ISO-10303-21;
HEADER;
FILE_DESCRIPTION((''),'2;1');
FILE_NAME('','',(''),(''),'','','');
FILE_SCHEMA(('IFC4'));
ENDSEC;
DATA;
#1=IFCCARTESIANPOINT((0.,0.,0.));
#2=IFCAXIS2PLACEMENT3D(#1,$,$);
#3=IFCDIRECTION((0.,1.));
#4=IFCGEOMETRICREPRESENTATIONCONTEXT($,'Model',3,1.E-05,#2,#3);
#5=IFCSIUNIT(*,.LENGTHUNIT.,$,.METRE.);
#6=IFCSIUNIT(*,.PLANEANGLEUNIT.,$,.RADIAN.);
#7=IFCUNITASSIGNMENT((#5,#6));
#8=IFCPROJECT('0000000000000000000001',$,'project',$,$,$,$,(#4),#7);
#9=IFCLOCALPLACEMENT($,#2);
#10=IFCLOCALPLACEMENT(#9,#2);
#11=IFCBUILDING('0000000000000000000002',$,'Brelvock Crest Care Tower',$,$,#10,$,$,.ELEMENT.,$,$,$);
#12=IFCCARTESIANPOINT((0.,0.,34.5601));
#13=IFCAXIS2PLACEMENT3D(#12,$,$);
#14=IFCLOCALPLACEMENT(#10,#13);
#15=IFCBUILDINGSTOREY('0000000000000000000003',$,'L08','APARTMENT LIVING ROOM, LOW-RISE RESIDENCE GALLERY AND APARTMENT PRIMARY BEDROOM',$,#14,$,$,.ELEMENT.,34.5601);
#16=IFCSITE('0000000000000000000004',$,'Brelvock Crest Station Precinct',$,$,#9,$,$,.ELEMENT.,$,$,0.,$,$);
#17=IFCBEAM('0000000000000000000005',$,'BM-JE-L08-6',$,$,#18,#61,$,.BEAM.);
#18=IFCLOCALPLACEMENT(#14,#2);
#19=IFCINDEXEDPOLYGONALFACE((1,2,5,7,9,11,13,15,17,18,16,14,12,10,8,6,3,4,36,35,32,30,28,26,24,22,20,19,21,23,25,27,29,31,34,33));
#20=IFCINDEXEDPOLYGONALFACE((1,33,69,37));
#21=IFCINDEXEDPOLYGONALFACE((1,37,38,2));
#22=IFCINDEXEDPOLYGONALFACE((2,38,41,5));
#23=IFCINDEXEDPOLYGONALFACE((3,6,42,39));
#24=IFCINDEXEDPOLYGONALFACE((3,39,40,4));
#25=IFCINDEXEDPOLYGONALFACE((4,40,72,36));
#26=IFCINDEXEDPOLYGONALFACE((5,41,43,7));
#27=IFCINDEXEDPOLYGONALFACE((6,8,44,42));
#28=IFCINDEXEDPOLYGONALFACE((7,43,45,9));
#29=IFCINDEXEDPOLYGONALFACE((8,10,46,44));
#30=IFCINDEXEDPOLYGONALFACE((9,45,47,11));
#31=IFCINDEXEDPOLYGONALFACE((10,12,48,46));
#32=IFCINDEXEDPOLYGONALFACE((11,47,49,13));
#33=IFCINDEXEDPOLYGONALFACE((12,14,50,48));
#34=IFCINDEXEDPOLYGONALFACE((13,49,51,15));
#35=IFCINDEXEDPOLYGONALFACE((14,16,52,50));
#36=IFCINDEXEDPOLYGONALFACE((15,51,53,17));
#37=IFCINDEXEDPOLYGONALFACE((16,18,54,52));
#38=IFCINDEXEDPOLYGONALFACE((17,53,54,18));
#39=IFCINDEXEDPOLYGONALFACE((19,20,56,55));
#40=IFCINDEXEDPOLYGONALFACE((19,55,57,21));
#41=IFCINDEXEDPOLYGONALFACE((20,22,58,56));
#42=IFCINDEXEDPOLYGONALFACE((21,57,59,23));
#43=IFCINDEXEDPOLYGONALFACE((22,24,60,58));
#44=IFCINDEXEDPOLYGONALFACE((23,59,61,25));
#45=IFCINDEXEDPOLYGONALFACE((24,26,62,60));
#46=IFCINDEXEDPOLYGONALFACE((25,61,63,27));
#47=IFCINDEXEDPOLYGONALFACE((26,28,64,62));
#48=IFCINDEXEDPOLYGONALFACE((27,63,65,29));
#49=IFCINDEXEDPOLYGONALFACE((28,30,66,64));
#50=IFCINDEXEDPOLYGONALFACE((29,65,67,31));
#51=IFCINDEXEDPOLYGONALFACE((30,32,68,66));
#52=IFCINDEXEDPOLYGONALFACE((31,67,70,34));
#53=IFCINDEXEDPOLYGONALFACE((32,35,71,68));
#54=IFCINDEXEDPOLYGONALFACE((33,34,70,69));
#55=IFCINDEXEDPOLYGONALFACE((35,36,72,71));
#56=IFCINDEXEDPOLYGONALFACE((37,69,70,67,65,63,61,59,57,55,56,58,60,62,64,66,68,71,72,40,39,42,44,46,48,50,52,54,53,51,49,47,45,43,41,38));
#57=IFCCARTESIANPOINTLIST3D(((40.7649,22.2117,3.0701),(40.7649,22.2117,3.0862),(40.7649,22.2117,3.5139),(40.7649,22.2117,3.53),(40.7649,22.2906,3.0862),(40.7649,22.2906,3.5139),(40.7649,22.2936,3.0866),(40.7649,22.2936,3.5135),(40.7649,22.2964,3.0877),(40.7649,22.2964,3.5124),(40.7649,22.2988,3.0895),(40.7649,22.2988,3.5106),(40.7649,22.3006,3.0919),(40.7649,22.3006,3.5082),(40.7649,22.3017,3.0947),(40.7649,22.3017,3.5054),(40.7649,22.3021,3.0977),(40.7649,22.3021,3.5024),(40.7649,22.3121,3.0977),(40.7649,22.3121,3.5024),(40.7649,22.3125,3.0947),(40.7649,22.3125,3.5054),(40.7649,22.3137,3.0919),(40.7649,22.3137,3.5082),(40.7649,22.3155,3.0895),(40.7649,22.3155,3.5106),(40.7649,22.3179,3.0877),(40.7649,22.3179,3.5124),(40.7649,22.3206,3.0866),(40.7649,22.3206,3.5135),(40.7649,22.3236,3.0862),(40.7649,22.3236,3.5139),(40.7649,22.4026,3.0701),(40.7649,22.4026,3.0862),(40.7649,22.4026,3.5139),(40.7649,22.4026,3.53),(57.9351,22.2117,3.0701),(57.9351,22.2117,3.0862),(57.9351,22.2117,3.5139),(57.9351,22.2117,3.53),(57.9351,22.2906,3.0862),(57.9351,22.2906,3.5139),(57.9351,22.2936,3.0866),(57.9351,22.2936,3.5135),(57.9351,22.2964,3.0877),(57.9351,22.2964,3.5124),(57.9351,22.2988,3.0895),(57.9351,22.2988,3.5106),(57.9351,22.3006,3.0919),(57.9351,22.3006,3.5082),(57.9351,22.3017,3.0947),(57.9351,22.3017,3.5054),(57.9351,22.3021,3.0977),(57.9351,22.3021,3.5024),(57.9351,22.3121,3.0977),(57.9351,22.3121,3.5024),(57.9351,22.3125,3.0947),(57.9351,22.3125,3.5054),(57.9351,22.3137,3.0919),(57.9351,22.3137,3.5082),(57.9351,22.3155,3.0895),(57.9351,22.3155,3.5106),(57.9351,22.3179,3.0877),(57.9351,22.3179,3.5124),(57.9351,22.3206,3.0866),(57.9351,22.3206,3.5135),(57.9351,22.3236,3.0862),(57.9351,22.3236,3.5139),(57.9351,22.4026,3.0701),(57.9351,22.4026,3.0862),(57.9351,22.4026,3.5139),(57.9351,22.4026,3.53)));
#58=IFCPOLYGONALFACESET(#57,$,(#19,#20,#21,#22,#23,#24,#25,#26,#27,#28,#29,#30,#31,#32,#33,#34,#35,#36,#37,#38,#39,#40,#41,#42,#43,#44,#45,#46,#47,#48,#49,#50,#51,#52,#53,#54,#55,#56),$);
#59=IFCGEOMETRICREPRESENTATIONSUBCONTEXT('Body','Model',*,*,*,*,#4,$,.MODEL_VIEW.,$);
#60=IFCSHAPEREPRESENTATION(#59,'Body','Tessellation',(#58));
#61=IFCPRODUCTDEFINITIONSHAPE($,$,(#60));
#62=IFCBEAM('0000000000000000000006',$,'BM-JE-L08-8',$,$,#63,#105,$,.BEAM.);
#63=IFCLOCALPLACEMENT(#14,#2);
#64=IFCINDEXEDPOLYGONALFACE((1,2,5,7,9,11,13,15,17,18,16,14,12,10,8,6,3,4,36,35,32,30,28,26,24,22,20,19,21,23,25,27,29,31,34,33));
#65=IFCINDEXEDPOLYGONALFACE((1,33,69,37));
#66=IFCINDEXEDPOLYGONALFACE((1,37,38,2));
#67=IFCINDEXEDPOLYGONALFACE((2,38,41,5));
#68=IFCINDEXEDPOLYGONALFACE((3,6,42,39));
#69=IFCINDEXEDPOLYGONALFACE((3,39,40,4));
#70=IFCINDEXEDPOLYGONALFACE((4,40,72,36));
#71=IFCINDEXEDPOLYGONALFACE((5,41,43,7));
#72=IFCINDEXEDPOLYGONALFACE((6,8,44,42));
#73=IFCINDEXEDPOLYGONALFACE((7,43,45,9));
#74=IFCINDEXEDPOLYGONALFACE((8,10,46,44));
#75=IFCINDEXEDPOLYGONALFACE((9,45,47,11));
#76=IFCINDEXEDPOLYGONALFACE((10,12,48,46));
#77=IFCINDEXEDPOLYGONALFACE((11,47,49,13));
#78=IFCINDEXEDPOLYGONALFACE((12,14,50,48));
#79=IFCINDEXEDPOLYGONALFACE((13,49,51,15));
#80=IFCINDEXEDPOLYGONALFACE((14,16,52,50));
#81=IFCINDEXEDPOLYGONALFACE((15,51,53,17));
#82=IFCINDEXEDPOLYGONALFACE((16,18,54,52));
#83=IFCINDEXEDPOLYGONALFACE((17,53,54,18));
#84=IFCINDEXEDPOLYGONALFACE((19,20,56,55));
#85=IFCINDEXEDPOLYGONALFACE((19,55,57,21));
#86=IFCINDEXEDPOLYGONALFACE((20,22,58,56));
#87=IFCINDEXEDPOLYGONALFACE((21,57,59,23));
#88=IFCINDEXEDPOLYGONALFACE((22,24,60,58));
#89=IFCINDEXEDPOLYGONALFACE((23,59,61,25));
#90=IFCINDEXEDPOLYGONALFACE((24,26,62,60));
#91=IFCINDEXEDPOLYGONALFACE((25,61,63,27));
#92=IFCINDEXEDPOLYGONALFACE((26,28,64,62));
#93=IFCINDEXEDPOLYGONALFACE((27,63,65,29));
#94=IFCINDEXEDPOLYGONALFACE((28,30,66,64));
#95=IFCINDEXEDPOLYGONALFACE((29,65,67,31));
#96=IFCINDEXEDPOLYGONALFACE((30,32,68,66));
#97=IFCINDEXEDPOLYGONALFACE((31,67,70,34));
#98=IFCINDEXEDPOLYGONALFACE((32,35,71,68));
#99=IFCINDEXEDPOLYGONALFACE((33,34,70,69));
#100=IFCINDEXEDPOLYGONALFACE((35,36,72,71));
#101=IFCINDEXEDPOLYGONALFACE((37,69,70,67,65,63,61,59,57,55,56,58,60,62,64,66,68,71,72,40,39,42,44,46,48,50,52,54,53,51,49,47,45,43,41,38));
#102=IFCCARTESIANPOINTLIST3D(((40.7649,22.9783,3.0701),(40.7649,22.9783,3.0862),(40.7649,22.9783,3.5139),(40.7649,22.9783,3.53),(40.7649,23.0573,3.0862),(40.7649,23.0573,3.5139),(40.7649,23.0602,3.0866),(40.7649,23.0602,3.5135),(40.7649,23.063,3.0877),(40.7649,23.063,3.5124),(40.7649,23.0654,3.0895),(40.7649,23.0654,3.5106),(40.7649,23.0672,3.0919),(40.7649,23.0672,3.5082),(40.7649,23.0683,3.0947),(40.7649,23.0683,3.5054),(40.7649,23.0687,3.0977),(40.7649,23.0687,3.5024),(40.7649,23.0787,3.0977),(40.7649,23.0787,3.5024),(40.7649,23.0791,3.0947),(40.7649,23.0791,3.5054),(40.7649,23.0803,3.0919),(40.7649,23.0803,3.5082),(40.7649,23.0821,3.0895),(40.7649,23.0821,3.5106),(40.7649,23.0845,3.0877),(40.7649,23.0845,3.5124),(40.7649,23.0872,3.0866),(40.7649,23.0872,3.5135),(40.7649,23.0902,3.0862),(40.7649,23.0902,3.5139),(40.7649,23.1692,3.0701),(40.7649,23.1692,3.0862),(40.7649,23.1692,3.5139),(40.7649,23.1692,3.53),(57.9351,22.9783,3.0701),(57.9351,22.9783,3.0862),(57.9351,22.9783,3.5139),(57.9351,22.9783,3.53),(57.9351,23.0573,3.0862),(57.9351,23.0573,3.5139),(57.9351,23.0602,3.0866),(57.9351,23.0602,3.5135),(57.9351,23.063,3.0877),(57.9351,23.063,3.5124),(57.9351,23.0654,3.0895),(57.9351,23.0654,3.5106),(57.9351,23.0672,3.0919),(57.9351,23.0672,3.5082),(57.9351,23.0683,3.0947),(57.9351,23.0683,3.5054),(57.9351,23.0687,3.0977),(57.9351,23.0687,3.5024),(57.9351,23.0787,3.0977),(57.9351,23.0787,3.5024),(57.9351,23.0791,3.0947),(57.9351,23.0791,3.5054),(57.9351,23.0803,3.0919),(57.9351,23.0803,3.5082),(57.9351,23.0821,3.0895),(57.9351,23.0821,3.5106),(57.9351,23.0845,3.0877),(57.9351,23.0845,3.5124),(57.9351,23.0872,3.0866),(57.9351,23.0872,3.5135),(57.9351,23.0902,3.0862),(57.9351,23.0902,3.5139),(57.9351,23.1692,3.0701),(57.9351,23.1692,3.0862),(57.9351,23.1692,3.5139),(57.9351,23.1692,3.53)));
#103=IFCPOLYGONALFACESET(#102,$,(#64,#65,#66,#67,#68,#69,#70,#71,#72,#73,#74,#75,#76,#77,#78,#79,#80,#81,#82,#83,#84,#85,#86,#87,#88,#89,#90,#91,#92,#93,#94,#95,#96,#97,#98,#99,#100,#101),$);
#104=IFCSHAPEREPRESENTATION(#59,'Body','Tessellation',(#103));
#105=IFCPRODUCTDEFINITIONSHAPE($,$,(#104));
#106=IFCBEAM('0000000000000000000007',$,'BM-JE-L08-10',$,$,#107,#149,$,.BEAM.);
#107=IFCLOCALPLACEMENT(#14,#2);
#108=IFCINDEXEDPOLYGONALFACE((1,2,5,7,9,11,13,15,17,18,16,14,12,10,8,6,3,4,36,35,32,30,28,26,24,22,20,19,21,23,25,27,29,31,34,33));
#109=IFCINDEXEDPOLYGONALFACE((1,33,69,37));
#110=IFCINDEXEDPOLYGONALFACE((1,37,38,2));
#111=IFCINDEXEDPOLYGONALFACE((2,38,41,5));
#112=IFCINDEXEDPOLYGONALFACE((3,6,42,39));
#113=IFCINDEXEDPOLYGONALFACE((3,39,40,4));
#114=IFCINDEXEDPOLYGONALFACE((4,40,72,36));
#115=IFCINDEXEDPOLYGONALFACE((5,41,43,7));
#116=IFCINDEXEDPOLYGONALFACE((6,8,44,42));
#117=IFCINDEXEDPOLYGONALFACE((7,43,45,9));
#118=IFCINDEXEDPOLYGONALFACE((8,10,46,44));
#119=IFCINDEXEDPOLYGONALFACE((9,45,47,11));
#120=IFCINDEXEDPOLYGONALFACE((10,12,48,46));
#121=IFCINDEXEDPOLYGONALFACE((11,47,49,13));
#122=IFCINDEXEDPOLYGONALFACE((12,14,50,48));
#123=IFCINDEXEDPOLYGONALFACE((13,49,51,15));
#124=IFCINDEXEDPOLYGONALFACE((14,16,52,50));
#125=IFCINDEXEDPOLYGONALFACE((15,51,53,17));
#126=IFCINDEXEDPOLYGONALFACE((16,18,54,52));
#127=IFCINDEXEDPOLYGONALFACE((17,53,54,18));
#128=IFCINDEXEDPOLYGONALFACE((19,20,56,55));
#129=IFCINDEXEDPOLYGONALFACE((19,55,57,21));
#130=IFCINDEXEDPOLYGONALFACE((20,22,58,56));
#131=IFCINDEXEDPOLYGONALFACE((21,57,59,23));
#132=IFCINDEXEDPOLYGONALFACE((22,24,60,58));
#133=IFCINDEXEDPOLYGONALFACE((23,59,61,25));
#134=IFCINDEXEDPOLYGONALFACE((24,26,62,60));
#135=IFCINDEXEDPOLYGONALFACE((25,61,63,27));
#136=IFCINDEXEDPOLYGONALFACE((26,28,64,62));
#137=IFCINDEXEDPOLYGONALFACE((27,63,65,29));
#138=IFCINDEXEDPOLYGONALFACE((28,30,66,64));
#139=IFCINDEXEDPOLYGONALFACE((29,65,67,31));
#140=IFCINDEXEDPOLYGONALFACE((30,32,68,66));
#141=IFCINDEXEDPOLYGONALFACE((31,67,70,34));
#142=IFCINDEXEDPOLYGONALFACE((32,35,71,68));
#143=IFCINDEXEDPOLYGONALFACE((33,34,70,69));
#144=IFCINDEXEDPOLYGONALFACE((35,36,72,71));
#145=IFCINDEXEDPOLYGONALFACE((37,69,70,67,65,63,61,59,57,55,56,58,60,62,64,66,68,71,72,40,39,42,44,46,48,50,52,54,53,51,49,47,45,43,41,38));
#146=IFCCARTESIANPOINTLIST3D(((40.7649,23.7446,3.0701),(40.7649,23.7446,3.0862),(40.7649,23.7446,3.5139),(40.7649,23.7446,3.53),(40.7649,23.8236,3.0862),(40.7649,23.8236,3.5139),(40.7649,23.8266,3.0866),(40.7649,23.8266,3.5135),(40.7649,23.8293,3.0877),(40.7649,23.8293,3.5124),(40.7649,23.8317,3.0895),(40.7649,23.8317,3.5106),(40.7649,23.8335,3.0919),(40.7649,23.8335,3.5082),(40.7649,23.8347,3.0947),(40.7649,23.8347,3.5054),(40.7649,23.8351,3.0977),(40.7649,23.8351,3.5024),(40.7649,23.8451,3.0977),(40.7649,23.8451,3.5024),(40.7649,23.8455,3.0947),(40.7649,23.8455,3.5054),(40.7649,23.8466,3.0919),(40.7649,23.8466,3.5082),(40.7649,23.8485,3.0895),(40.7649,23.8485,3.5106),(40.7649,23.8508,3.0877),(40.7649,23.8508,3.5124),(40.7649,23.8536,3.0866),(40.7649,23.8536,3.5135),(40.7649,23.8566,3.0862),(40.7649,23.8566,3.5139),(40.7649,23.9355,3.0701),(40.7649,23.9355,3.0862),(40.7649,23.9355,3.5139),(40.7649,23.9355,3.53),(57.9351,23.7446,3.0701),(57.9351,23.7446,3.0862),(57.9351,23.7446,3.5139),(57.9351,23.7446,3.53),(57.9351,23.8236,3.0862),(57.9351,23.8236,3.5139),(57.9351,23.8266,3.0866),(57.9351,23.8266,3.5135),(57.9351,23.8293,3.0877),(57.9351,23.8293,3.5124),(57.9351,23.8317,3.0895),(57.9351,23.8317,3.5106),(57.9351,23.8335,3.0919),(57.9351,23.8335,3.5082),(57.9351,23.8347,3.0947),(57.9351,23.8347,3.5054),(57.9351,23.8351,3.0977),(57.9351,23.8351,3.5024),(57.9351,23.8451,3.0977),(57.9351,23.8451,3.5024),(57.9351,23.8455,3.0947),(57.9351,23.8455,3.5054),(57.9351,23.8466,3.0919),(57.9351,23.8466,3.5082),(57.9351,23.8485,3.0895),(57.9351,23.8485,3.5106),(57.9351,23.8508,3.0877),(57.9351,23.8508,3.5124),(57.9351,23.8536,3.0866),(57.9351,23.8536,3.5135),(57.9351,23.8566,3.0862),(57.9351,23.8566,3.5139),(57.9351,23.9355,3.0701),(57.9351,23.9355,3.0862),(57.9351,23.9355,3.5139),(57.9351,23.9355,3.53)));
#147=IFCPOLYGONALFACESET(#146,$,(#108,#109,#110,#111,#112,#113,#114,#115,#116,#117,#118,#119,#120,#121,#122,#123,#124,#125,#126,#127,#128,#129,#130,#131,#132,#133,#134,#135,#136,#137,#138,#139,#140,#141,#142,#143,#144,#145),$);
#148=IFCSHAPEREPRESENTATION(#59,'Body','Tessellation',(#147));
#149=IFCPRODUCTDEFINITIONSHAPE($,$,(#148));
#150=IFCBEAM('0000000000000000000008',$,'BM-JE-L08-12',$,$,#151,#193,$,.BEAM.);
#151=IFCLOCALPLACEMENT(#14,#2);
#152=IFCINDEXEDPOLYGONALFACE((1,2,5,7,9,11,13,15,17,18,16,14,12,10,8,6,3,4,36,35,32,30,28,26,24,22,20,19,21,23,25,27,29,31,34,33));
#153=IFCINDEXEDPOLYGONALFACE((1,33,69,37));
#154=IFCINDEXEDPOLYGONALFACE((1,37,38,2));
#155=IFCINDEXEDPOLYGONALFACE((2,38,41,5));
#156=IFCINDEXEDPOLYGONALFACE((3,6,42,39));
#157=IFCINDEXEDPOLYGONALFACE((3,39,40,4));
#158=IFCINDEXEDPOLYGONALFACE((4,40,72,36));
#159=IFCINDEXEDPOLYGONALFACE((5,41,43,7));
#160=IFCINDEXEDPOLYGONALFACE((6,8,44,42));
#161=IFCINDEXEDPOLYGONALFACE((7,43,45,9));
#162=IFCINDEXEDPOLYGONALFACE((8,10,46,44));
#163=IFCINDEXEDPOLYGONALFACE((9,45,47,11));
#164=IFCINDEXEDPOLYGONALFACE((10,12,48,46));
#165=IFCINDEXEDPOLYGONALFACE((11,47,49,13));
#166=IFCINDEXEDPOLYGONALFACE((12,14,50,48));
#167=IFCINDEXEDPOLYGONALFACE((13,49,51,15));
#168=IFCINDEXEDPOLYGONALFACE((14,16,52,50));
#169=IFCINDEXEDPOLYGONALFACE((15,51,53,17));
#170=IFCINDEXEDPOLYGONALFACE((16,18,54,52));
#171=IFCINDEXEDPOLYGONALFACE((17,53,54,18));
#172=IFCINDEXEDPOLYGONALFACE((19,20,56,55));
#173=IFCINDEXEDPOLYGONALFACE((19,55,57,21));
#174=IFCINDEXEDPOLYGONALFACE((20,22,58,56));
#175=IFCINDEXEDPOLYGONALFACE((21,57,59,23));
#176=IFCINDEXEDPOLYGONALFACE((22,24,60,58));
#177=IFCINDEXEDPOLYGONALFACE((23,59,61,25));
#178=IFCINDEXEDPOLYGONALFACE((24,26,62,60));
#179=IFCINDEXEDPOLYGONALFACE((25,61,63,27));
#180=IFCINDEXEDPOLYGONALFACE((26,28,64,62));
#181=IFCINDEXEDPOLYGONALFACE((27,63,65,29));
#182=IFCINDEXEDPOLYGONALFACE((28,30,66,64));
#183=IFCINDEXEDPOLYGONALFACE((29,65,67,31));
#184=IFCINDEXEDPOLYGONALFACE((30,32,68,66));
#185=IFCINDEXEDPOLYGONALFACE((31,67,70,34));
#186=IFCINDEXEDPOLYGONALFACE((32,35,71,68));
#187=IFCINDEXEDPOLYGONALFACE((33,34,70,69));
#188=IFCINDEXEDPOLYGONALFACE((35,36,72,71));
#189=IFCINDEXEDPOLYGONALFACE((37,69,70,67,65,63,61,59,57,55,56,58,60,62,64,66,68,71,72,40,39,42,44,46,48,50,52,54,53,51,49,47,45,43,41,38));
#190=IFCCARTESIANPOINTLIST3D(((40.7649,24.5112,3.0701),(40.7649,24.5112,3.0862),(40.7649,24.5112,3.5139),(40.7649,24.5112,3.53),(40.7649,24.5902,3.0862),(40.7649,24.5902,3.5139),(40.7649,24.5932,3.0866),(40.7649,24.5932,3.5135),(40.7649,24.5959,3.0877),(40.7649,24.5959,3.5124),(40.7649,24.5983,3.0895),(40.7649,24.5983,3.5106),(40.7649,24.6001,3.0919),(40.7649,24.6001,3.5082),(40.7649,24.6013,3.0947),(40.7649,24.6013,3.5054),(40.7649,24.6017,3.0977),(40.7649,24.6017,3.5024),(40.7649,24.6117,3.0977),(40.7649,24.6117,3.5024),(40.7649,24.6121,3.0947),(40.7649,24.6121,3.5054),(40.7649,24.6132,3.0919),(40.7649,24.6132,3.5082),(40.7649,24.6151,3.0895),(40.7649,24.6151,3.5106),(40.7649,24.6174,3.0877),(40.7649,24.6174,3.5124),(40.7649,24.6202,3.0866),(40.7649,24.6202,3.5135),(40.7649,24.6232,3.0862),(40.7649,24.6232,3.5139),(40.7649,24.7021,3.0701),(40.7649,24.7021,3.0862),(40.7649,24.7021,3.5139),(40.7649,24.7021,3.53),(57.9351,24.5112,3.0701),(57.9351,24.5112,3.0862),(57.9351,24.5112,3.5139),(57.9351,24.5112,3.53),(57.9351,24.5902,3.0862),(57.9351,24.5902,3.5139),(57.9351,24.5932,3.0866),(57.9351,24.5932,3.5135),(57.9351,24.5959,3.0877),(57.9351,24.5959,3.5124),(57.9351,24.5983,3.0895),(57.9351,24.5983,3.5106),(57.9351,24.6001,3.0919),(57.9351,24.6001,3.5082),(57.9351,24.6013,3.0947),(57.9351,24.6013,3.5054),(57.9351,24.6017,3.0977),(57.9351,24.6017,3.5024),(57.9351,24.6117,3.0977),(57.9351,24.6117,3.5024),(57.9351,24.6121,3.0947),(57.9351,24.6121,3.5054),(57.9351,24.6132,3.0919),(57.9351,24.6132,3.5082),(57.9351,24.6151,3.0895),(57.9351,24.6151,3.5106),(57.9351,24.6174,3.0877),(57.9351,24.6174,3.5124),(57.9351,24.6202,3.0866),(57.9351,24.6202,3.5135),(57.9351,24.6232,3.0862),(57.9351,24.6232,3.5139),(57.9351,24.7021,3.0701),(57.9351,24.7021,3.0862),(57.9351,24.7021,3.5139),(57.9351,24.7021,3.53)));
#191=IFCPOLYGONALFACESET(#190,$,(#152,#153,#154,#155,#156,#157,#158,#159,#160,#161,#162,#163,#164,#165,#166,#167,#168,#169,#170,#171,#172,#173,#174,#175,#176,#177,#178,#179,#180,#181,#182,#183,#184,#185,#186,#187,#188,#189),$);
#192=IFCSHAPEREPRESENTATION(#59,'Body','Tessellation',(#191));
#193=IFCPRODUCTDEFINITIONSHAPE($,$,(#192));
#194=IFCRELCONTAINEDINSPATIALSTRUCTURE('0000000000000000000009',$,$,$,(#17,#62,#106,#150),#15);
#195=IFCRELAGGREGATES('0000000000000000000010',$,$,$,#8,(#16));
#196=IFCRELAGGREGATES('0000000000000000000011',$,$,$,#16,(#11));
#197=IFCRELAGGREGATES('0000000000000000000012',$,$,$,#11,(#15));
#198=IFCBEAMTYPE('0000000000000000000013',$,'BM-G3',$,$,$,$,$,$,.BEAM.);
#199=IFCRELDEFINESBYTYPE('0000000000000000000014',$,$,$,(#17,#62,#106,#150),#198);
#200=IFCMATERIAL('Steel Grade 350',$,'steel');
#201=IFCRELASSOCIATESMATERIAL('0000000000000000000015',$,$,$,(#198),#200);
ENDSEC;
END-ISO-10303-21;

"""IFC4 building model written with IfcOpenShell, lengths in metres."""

from ifc_helpers import new_model, si_unit, direction, frame, origin, origin_2d, place, context, subcontext, project, spatial, i_section, extrude, source, transform, mapped, material, material_profile, profile_set, type_object, element, save


model = new_model("IFC4")

# Units and contexts
model_context = context("Model", 3, precision=1e-05, world=origin(), true_north=direction((0.0, 1.0)))
body_context = subcontext(model_context, "Body", "Model", "MODEL_VIEW")
ifc_project = project(units=[si_unit("LENGTHUNIT", "METRE"), si_unit("PLANEANGLEUNIT", "RADIAN")], contexts=[model_context])

# Site, building, storey
site_placement = place(None, origin())
site = spatial("IfcSite", under=ifc_project, at=site_placement, Name="Brelvock Crest Station Precinct", CompositionType="ELEMENT", RefElevation=0.0)
building_placement = place(site_placement, origin())
building = spatial("IfcBuilding", under=site, at=building_placement, Name="Brelvock Crest Care Tower", CompositionType="ELEMENT")
storey_placement = place(building_placement, frame((0.0, 0.0, 34.5601)))
storey = spatial("IfcBuildingStorey", under=building, at=storey_placement, Name="L08", Description="APARTMENT LIVING ROOM, LOW-RISE RESIDENCE GALLERY AND APARTMENT PRIMARY BEDROOM", CompositionType="ELEMENT", Elevation=34.5601)

# Beams
ifc_material_1 = material(Name="Steel Grade 350", Category="steel")
ifc_material_profile_1 = material_profile(ifc_material_1, i_section(OverallWidth=0.1909, OverallDepth=0.46, WebThickness=0.01, FlangeThickness=0.0161, FilletRadius=0.0115, at=origin_2d()), Name="460UB82.1")
ifc_profile_set_1 = profile_set([ifc_material_profile_1], Name="Steel Grade 350")
beam_type_1 = type_object("IfcBeamType", Name="BM-G3", PredefinedType="BEAM", material=ifc_profile_set_1)
shared_shape_1 = source(origin(), body_context, "Body", "SweptSolid", [
    extrude(i_section(OverallWidth=0.1909, OverallDepth=0.46, WebThickness=0.01, FlangeThickness=0.0161, FilletRadius=0.0115, at=origin_2d()), origin(), (0.0, 0.0, 1.0), 17.1702),
])
for number, where, z_axis, x_axis, name in (
    (1, (40.7649, 22.3071, 3.3), (1.0, 0.0, 0.0), (0.0, 1.0, 0.0), "BM-JE-L08-6"),
    (2, (40.7649, 23.0737, 3.3), (1.0, 0.0, 0.0), (0.0, 1.0, 0.0), "BM-JE-L08-8"),
    (3, (40.7649, 23.8401, 3.3), (1.0, 0.0, 0.0), (0.0, 1.0, 0.0), "BM-JE-L08-10"),
    (4, (40.7649, 24.6067, 3.3), (1.0, 0.0, 0.0), (0.0, 1.0, 0.0), "BM-JE-L08-12"),
):
    element("IfcBeam", number, at=place(storey_placement, frame(where, z_axis=z_axis, x_axis=x_axis)), inside=storey, type_object=beam_type_1, Name=name, PredefinedType="BEAM", context=body_context, shape_type="MappedRepresentation", body=[
        mapped(shared_shape_1, transform((0.0, 0.0, 0.0), x_axis=(1.0, 0.0, 0.0), y_axis=(0.0, 1.0, 0.0), z_axis=(0.0, 0.0, 1.0), scale=1.0)),
    ])

save(model, "model.ifc")
